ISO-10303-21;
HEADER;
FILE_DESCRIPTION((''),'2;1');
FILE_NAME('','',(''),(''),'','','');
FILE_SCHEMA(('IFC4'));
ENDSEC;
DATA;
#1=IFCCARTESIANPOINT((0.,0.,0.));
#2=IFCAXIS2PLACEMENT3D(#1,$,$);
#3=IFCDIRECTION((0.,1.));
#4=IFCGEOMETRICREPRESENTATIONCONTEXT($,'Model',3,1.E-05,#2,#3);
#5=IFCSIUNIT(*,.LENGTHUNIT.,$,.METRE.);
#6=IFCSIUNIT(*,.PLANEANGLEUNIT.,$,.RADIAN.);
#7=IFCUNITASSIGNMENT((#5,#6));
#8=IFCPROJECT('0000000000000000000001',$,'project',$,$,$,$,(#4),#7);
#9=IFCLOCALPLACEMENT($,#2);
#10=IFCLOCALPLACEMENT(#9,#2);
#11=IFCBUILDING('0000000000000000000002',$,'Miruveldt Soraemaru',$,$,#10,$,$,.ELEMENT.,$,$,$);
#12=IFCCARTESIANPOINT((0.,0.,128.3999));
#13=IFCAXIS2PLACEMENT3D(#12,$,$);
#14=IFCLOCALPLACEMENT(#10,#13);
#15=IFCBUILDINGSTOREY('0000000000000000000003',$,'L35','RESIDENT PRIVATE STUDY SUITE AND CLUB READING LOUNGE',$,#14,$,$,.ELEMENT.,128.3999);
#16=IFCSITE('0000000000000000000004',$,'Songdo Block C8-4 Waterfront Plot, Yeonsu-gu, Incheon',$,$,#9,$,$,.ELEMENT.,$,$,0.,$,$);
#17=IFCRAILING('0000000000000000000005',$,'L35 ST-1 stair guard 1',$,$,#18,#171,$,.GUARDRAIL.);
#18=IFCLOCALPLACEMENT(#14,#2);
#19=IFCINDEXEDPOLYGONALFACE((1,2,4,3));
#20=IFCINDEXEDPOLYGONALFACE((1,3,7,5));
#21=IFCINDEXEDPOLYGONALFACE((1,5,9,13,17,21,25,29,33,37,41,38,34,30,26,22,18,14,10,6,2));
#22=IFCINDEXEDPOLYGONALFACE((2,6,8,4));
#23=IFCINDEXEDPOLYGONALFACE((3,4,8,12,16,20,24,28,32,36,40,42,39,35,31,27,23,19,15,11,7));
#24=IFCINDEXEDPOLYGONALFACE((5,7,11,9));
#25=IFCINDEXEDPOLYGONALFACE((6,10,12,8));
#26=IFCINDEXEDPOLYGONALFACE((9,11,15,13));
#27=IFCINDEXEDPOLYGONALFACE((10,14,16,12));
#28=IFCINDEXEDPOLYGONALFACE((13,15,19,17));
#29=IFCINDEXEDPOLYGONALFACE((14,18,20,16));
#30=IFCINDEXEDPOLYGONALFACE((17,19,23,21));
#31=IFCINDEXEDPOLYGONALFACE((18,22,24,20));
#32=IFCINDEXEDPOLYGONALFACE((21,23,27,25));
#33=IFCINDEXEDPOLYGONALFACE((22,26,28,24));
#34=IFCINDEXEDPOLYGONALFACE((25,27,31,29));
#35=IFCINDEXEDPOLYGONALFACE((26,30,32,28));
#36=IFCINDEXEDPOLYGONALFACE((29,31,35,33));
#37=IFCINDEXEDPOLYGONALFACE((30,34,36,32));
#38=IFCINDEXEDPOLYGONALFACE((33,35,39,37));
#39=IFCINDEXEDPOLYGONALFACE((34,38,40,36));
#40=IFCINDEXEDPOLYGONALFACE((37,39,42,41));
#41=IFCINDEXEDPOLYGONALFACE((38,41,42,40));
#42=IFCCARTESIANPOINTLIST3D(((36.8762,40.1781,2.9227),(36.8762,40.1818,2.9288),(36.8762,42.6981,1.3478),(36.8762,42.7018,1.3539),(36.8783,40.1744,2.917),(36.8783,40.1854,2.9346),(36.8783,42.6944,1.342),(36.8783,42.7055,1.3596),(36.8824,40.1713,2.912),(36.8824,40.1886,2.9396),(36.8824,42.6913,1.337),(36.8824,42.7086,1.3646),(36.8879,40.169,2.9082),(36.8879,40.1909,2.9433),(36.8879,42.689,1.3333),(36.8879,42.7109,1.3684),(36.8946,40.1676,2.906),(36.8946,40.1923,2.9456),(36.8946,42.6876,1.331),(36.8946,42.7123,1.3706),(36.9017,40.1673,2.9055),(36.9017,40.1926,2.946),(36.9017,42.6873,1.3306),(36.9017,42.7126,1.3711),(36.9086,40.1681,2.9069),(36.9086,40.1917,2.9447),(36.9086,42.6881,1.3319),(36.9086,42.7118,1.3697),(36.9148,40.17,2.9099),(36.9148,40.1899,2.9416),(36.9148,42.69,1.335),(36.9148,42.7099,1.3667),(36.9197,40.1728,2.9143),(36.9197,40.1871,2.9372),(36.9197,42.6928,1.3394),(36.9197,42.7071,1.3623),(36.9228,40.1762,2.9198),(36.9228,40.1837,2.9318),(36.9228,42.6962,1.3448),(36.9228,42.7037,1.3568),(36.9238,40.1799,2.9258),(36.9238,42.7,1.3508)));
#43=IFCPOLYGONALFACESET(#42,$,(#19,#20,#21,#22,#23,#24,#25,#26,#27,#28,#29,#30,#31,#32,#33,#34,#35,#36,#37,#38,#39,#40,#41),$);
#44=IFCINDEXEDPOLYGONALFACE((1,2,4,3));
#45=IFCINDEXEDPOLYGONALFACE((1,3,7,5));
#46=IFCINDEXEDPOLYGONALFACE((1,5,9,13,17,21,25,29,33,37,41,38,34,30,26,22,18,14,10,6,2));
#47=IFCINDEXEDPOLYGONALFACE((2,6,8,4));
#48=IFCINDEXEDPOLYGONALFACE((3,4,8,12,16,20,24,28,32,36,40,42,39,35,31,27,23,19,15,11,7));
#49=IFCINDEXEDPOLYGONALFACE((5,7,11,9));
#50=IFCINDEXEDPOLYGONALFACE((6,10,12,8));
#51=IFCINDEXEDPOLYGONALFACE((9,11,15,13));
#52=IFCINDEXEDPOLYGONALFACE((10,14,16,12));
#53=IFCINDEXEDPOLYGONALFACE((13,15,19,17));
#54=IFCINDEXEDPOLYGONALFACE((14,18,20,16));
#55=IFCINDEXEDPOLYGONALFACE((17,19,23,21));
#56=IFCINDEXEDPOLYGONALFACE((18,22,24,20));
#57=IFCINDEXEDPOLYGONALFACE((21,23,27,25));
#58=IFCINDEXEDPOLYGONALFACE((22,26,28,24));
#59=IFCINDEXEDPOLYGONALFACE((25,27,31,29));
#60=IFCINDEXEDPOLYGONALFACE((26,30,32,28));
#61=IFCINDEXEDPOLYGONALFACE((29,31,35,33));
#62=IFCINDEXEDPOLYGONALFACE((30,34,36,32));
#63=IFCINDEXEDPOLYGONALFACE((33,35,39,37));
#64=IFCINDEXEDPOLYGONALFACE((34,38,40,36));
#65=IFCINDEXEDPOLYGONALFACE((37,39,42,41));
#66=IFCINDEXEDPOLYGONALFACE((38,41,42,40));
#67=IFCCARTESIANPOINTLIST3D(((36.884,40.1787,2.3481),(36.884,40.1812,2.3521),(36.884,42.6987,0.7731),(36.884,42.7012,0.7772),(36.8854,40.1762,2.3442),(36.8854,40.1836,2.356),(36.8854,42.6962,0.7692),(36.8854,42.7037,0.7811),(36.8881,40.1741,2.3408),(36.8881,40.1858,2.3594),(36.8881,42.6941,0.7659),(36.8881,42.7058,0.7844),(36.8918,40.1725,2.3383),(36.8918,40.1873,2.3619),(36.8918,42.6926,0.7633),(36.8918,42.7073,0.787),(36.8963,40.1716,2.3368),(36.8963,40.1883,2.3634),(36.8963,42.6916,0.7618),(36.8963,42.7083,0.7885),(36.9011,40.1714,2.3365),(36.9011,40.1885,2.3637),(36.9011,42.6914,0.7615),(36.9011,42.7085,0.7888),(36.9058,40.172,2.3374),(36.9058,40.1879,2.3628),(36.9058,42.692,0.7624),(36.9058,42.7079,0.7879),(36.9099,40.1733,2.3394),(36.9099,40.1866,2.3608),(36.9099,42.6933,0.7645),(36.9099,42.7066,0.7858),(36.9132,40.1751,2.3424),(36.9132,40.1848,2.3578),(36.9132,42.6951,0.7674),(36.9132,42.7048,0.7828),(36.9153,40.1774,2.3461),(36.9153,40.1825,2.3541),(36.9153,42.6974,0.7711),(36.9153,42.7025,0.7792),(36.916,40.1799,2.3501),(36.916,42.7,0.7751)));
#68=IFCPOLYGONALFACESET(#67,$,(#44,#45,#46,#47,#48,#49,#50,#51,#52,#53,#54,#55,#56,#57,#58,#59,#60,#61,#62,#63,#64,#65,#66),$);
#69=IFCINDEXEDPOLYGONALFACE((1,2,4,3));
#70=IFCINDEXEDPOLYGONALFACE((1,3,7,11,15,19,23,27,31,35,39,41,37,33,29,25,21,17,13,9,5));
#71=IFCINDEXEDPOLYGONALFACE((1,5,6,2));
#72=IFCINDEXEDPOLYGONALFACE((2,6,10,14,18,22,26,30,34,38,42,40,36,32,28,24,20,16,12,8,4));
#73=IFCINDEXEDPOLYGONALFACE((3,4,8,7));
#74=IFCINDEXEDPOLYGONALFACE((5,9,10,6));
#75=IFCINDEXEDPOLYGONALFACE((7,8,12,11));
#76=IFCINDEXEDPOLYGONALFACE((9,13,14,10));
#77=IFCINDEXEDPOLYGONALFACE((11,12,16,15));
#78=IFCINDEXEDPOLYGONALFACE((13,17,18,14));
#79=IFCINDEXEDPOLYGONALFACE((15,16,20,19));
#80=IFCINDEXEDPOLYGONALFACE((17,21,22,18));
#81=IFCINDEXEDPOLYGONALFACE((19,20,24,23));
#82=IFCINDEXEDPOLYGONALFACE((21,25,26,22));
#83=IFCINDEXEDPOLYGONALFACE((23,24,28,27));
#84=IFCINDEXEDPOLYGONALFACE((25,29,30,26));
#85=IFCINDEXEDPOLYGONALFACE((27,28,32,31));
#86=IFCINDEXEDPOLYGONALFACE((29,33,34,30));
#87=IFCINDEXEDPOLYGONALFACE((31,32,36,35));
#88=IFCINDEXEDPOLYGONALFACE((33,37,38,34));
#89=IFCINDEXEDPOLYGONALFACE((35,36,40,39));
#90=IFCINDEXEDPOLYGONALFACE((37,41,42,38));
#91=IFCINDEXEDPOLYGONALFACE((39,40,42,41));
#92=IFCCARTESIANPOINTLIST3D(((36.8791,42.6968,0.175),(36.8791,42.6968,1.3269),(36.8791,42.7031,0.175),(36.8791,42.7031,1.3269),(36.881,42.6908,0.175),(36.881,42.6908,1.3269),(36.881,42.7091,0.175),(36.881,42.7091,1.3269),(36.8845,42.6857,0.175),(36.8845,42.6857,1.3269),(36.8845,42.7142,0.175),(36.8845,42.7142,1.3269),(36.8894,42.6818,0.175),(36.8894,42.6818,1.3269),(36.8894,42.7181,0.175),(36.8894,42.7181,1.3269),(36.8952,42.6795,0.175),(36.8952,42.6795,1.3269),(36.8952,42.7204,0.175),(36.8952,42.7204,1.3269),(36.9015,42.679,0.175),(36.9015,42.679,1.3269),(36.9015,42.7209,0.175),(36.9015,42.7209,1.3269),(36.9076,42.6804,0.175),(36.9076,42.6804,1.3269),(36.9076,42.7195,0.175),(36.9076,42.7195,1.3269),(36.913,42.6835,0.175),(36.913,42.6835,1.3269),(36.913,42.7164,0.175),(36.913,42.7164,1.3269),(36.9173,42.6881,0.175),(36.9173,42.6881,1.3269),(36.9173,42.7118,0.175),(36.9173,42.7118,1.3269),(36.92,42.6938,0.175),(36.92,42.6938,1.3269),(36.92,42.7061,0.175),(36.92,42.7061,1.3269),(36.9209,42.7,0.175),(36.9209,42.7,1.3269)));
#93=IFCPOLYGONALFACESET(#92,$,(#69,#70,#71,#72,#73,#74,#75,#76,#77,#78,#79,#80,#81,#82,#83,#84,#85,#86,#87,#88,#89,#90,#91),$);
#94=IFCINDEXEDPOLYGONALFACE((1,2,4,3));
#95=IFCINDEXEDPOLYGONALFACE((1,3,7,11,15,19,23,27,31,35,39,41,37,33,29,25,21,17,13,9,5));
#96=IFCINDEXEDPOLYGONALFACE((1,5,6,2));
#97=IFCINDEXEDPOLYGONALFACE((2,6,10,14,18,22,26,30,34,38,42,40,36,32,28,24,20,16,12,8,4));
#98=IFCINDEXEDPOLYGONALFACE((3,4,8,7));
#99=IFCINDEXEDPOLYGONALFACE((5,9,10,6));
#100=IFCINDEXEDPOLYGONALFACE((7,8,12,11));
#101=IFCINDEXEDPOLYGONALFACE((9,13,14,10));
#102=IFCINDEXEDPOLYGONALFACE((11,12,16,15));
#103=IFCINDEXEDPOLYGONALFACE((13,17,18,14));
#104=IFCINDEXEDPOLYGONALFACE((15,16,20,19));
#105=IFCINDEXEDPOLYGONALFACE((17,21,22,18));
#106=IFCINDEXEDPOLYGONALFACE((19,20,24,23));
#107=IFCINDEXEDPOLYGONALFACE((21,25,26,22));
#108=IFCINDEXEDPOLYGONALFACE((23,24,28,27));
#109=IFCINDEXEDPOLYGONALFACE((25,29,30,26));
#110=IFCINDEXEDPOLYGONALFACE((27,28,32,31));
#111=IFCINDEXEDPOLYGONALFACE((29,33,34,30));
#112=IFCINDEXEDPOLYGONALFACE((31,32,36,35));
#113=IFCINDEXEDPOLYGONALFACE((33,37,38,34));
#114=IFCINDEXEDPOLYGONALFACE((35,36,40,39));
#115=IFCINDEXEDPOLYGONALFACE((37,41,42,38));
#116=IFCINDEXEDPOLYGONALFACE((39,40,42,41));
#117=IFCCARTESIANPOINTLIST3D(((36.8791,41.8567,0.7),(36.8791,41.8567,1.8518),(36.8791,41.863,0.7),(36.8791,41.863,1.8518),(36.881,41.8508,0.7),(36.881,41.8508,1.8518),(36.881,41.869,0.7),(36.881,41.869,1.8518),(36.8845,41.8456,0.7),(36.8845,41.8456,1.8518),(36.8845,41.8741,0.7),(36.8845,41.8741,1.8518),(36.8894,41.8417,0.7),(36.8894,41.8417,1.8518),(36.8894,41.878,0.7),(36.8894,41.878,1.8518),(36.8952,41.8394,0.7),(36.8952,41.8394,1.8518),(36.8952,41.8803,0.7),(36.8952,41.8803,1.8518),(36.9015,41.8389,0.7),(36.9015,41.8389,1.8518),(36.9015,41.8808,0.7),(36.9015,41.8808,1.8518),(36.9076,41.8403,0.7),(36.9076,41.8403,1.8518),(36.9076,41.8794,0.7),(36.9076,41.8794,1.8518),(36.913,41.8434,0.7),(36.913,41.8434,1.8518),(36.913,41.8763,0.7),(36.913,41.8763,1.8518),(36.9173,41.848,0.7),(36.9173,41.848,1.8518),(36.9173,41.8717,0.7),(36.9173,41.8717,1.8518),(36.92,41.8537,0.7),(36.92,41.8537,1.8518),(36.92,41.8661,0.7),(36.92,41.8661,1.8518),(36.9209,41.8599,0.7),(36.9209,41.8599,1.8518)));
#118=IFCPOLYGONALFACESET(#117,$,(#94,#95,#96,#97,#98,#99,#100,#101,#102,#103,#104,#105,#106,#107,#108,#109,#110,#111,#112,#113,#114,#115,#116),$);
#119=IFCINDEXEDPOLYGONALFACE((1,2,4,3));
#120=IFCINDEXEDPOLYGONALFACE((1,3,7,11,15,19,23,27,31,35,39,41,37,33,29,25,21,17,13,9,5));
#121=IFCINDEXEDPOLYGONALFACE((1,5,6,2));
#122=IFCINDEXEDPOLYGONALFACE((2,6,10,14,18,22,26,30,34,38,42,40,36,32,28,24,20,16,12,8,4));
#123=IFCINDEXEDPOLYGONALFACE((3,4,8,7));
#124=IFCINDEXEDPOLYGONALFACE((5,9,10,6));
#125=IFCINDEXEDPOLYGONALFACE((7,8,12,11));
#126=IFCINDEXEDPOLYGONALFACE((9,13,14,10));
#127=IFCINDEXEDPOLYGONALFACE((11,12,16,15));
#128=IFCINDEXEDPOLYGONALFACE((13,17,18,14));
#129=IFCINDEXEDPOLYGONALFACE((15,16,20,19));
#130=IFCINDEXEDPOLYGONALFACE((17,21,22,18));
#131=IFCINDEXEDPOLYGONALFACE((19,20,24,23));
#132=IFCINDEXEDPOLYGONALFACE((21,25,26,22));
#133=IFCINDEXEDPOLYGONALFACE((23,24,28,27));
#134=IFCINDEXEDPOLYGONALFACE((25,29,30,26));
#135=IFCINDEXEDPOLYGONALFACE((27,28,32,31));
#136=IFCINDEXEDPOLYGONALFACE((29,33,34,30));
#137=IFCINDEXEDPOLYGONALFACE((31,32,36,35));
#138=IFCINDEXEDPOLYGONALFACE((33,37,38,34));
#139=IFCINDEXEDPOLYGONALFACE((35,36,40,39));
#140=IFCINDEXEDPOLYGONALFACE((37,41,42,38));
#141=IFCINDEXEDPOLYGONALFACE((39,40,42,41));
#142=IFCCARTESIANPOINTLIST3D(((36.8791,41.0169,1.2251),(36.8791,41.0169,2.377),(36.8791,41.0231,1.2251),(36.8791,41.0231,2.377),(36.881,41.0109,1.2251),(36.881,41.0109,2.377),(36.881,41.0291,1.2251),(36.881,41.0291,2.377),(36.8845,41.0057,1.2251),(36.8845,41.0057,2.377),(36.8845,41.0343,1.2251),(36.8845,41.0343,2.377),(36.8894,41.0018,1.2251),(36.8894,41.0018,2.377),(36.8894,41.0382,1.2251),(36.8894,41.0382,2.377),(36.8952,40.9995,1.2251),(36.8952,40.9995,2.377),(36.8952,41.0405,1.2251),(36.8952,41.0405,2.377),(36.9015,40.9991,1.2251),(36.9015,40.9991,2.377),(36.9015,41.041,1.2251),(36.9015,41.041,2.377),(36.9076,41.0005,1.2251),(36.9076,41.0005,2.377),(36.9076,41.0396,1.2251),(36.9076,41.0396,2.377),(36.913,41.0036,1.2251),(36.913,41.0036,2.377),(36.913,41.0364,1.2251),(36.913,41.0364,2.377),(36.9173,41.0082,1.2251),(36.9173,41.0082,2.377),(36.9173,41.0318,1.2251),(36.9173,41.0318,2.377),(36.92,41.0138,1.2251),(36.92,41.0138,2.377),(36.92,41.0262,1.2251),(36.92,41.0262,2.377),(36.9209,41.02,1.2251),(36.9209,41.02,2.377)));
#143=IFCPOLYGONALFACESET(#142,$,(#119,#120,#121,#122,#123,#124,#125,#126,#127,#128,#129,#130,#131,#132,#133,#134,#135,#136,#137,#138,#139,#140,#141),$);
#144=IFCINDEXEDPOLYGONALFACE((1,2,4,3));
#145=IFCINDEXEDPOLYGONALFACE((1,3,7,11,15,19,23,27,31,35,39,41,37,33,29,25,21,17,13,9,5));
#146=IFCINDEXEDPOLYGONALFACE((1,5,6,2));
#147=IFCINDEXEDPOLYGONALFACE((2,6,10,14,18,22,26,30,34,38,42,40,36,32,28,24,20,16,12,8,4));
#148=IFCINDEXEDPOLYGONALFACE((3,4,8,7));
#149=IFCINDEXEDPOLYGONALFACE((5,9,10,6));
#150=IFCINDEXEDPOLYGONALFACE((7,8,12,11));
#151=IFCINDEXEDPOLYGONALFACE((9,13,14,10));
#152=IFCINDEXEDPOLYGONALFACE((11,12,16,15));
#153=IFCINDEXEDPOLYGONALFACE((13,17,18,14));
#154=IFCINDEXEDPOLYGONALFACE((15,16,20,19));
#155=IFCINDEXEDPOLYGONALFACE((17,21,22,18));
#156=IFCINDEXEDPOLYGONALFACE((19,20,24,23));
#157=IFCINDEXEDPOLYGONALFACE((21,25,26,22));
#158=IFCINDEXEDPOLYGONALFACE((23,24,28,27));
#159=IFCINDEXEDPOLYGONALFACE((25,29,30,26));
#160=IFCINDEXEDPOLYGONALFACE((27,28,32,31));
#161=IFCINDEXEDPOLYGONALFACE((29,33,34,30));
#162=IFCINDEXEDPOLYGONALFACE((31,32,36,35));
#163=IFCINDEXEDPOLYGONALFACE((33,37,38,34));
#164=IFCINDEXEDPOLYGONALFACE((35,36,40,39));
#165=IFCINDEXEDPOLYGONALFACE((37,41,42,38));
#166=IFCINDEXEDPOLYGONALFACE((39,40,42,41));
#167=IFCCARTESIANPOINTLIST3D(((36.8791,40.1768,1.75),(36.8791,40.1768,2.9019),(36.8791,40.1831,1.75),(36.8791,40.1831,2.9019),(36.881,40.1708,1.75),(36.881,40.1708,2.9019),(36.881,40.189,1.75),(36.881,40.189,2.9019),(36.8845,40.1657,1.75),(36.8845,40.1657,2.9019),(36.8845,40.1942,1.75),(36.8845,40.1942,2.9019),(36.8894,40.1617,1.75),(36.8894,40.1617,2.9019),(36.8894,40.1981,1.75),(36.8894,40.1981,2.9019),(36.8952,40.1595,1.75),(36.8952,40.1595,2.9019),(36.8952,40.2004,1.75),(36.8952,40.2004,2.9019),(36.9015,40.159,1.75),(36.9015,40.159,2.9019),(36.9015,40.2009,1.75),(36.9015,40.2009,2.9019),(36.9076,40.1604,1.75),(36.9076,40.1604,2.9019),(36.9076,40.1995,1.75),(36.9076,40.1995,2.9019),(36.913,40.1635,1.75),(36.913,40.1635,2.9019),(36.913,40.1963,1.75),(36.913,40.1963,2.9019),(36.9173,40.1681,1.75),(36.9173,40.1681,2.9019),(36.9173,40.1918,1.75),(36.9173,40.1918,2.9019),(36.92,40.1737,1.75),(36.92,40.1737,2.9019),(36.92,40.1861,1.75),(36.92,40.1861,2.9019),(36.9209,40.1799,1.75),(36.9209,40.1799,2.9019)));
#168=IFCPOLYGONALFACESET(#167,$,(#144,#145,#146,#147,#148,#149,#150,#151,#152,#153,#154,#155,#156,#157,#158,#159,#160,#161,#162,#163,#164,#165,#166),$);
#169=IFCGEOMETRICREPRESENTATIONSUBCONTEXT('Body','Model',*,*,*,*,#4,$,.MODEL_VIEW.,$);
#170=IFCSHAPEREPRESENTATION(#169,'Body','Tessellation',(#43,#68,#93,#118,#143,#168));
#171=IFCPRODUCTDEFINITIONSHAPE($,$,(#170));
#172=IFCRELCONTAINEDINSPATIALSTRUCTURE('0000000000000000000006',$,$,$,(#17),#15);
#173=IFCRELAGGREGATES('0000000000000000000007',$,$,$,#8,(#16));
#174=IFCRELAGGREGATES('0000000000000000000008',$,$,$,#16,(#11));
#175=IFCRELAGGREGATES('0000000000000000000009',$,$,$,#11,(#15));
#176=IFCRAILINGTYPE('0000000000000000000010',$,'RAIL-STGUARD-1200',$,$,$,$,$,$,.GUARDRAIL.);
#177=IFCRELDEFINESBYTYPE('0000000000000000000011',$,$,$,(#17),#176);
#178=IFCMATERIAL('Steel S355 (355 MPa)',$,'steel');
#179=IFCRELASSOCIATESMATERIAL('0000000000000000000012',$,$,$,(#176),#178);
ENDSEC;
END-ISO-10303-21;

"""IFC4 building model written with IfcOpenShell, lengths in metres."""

from ifc_helpers import new_model, si_unit, direction, frame, origin, origin_2d, place, context, subcontext, project, spatial, circle, extrude, material, type_object, element, save


model = new_model("IFC4")

# Units and contexts
model_context = context("Model", 3, precision=1e-05, world=origin(), true_north=direction((0.0, 1.0)))
body_context = subcontext(model_context, "Body", "Model", "MODEL_VIEW")
ifc_project = project(units=[si_unit("LENGTHUNIT", "METRE"), si_unit("PLANEANGLEUNIT", "RADIAN")], contexts=[model_context])

# Site, building, storey
site_placement = place(None, origin())
site = spatial("IfcSite", under=ifc_project, at=site_placement, Name="Songdo Block C8-4 Waterfront Plot, Yeonsu-gu, Incheon", CompositionType="ELEMENT", RefElevation=0.0)
building_placement = place(site_placement, origin())
building = spatial("IfcBuilding", under=site, at=building_placement, Name="Miruveldt Soraemaru", CompositionType="ELEMENT")
storey_placement = place(building_placement, frame((0.0, 0.0, 128.3999)))
storey = spatial("IfcBuildingStorey", under=building, at=storey_placement, Name="L35", Description="RESIDENT PRIVATE STUDY SUITE AND CLUB READING LOUNGE", CompositionType="ELEMENT", Elevation=128.3999)

# Railing
ifc_material_1 = material(Name="Steel S355 (355 MPa)", Category="steel")
railing_type_1 = type_object("IfcRailingType", Name="RAIL-STGUARD-1200", PredefinedType="GUARDRAIL", material=ifc_material_1)
railing_1_placement = place(storey_placement, frame((36.8999, 42.7, 0.175)))
element("IfcRailing", 1, at=railing_1_placement, inside=storey, type_object=railing_type_1, Name="L35 ST-1 stair guard 1", PredefinedType="GUARDRAIL", context=body_context, shape_type="SweptSolid", body=[
    extrude(circle(Radius=0.0239, at=origin_2d()), frame((0.0, 0.0, 1.1758), z_axis=(0.0, -0.848008, 0.529984), x_axis=(1.0, 0.0, 0.0)), (0.0, 0.0, 1.0), 2.9717),
    extrude(circle(Radius=0.0161, at=origin_2d()), frame((0.0, 0.0, 0.6001), z_axis=(0.0, -0.848008, 0.529984), x_axis=(1.0, 0.0, 0.0)), (0.0, 0.0, 1.0), 2.9717),
    extrude(circle(Radius=0.021, at=origin_2d()), origin(), (0.0, 0.0, 1.0), 1.1519),
    extrude(circle(Radius=0.021, at=origin_2d()), frame((0.0, -0.8401, 0.5249)), (0.0, 0.0, 1.0), 1.1519),
    extrude(circle(Radius=0.021, at=origin_2d()), frame((0.0, -1.6799, 1.05)), (0.0, 0.0, 1.0), 1.1519),
    extrude(circle(Radius=0.021, at=origin_2d()), frame((0.0, -2.52, 1.575)), (0.0, 0.0, 1.0), 1.1519),
])

save(model, "model.ifc")
